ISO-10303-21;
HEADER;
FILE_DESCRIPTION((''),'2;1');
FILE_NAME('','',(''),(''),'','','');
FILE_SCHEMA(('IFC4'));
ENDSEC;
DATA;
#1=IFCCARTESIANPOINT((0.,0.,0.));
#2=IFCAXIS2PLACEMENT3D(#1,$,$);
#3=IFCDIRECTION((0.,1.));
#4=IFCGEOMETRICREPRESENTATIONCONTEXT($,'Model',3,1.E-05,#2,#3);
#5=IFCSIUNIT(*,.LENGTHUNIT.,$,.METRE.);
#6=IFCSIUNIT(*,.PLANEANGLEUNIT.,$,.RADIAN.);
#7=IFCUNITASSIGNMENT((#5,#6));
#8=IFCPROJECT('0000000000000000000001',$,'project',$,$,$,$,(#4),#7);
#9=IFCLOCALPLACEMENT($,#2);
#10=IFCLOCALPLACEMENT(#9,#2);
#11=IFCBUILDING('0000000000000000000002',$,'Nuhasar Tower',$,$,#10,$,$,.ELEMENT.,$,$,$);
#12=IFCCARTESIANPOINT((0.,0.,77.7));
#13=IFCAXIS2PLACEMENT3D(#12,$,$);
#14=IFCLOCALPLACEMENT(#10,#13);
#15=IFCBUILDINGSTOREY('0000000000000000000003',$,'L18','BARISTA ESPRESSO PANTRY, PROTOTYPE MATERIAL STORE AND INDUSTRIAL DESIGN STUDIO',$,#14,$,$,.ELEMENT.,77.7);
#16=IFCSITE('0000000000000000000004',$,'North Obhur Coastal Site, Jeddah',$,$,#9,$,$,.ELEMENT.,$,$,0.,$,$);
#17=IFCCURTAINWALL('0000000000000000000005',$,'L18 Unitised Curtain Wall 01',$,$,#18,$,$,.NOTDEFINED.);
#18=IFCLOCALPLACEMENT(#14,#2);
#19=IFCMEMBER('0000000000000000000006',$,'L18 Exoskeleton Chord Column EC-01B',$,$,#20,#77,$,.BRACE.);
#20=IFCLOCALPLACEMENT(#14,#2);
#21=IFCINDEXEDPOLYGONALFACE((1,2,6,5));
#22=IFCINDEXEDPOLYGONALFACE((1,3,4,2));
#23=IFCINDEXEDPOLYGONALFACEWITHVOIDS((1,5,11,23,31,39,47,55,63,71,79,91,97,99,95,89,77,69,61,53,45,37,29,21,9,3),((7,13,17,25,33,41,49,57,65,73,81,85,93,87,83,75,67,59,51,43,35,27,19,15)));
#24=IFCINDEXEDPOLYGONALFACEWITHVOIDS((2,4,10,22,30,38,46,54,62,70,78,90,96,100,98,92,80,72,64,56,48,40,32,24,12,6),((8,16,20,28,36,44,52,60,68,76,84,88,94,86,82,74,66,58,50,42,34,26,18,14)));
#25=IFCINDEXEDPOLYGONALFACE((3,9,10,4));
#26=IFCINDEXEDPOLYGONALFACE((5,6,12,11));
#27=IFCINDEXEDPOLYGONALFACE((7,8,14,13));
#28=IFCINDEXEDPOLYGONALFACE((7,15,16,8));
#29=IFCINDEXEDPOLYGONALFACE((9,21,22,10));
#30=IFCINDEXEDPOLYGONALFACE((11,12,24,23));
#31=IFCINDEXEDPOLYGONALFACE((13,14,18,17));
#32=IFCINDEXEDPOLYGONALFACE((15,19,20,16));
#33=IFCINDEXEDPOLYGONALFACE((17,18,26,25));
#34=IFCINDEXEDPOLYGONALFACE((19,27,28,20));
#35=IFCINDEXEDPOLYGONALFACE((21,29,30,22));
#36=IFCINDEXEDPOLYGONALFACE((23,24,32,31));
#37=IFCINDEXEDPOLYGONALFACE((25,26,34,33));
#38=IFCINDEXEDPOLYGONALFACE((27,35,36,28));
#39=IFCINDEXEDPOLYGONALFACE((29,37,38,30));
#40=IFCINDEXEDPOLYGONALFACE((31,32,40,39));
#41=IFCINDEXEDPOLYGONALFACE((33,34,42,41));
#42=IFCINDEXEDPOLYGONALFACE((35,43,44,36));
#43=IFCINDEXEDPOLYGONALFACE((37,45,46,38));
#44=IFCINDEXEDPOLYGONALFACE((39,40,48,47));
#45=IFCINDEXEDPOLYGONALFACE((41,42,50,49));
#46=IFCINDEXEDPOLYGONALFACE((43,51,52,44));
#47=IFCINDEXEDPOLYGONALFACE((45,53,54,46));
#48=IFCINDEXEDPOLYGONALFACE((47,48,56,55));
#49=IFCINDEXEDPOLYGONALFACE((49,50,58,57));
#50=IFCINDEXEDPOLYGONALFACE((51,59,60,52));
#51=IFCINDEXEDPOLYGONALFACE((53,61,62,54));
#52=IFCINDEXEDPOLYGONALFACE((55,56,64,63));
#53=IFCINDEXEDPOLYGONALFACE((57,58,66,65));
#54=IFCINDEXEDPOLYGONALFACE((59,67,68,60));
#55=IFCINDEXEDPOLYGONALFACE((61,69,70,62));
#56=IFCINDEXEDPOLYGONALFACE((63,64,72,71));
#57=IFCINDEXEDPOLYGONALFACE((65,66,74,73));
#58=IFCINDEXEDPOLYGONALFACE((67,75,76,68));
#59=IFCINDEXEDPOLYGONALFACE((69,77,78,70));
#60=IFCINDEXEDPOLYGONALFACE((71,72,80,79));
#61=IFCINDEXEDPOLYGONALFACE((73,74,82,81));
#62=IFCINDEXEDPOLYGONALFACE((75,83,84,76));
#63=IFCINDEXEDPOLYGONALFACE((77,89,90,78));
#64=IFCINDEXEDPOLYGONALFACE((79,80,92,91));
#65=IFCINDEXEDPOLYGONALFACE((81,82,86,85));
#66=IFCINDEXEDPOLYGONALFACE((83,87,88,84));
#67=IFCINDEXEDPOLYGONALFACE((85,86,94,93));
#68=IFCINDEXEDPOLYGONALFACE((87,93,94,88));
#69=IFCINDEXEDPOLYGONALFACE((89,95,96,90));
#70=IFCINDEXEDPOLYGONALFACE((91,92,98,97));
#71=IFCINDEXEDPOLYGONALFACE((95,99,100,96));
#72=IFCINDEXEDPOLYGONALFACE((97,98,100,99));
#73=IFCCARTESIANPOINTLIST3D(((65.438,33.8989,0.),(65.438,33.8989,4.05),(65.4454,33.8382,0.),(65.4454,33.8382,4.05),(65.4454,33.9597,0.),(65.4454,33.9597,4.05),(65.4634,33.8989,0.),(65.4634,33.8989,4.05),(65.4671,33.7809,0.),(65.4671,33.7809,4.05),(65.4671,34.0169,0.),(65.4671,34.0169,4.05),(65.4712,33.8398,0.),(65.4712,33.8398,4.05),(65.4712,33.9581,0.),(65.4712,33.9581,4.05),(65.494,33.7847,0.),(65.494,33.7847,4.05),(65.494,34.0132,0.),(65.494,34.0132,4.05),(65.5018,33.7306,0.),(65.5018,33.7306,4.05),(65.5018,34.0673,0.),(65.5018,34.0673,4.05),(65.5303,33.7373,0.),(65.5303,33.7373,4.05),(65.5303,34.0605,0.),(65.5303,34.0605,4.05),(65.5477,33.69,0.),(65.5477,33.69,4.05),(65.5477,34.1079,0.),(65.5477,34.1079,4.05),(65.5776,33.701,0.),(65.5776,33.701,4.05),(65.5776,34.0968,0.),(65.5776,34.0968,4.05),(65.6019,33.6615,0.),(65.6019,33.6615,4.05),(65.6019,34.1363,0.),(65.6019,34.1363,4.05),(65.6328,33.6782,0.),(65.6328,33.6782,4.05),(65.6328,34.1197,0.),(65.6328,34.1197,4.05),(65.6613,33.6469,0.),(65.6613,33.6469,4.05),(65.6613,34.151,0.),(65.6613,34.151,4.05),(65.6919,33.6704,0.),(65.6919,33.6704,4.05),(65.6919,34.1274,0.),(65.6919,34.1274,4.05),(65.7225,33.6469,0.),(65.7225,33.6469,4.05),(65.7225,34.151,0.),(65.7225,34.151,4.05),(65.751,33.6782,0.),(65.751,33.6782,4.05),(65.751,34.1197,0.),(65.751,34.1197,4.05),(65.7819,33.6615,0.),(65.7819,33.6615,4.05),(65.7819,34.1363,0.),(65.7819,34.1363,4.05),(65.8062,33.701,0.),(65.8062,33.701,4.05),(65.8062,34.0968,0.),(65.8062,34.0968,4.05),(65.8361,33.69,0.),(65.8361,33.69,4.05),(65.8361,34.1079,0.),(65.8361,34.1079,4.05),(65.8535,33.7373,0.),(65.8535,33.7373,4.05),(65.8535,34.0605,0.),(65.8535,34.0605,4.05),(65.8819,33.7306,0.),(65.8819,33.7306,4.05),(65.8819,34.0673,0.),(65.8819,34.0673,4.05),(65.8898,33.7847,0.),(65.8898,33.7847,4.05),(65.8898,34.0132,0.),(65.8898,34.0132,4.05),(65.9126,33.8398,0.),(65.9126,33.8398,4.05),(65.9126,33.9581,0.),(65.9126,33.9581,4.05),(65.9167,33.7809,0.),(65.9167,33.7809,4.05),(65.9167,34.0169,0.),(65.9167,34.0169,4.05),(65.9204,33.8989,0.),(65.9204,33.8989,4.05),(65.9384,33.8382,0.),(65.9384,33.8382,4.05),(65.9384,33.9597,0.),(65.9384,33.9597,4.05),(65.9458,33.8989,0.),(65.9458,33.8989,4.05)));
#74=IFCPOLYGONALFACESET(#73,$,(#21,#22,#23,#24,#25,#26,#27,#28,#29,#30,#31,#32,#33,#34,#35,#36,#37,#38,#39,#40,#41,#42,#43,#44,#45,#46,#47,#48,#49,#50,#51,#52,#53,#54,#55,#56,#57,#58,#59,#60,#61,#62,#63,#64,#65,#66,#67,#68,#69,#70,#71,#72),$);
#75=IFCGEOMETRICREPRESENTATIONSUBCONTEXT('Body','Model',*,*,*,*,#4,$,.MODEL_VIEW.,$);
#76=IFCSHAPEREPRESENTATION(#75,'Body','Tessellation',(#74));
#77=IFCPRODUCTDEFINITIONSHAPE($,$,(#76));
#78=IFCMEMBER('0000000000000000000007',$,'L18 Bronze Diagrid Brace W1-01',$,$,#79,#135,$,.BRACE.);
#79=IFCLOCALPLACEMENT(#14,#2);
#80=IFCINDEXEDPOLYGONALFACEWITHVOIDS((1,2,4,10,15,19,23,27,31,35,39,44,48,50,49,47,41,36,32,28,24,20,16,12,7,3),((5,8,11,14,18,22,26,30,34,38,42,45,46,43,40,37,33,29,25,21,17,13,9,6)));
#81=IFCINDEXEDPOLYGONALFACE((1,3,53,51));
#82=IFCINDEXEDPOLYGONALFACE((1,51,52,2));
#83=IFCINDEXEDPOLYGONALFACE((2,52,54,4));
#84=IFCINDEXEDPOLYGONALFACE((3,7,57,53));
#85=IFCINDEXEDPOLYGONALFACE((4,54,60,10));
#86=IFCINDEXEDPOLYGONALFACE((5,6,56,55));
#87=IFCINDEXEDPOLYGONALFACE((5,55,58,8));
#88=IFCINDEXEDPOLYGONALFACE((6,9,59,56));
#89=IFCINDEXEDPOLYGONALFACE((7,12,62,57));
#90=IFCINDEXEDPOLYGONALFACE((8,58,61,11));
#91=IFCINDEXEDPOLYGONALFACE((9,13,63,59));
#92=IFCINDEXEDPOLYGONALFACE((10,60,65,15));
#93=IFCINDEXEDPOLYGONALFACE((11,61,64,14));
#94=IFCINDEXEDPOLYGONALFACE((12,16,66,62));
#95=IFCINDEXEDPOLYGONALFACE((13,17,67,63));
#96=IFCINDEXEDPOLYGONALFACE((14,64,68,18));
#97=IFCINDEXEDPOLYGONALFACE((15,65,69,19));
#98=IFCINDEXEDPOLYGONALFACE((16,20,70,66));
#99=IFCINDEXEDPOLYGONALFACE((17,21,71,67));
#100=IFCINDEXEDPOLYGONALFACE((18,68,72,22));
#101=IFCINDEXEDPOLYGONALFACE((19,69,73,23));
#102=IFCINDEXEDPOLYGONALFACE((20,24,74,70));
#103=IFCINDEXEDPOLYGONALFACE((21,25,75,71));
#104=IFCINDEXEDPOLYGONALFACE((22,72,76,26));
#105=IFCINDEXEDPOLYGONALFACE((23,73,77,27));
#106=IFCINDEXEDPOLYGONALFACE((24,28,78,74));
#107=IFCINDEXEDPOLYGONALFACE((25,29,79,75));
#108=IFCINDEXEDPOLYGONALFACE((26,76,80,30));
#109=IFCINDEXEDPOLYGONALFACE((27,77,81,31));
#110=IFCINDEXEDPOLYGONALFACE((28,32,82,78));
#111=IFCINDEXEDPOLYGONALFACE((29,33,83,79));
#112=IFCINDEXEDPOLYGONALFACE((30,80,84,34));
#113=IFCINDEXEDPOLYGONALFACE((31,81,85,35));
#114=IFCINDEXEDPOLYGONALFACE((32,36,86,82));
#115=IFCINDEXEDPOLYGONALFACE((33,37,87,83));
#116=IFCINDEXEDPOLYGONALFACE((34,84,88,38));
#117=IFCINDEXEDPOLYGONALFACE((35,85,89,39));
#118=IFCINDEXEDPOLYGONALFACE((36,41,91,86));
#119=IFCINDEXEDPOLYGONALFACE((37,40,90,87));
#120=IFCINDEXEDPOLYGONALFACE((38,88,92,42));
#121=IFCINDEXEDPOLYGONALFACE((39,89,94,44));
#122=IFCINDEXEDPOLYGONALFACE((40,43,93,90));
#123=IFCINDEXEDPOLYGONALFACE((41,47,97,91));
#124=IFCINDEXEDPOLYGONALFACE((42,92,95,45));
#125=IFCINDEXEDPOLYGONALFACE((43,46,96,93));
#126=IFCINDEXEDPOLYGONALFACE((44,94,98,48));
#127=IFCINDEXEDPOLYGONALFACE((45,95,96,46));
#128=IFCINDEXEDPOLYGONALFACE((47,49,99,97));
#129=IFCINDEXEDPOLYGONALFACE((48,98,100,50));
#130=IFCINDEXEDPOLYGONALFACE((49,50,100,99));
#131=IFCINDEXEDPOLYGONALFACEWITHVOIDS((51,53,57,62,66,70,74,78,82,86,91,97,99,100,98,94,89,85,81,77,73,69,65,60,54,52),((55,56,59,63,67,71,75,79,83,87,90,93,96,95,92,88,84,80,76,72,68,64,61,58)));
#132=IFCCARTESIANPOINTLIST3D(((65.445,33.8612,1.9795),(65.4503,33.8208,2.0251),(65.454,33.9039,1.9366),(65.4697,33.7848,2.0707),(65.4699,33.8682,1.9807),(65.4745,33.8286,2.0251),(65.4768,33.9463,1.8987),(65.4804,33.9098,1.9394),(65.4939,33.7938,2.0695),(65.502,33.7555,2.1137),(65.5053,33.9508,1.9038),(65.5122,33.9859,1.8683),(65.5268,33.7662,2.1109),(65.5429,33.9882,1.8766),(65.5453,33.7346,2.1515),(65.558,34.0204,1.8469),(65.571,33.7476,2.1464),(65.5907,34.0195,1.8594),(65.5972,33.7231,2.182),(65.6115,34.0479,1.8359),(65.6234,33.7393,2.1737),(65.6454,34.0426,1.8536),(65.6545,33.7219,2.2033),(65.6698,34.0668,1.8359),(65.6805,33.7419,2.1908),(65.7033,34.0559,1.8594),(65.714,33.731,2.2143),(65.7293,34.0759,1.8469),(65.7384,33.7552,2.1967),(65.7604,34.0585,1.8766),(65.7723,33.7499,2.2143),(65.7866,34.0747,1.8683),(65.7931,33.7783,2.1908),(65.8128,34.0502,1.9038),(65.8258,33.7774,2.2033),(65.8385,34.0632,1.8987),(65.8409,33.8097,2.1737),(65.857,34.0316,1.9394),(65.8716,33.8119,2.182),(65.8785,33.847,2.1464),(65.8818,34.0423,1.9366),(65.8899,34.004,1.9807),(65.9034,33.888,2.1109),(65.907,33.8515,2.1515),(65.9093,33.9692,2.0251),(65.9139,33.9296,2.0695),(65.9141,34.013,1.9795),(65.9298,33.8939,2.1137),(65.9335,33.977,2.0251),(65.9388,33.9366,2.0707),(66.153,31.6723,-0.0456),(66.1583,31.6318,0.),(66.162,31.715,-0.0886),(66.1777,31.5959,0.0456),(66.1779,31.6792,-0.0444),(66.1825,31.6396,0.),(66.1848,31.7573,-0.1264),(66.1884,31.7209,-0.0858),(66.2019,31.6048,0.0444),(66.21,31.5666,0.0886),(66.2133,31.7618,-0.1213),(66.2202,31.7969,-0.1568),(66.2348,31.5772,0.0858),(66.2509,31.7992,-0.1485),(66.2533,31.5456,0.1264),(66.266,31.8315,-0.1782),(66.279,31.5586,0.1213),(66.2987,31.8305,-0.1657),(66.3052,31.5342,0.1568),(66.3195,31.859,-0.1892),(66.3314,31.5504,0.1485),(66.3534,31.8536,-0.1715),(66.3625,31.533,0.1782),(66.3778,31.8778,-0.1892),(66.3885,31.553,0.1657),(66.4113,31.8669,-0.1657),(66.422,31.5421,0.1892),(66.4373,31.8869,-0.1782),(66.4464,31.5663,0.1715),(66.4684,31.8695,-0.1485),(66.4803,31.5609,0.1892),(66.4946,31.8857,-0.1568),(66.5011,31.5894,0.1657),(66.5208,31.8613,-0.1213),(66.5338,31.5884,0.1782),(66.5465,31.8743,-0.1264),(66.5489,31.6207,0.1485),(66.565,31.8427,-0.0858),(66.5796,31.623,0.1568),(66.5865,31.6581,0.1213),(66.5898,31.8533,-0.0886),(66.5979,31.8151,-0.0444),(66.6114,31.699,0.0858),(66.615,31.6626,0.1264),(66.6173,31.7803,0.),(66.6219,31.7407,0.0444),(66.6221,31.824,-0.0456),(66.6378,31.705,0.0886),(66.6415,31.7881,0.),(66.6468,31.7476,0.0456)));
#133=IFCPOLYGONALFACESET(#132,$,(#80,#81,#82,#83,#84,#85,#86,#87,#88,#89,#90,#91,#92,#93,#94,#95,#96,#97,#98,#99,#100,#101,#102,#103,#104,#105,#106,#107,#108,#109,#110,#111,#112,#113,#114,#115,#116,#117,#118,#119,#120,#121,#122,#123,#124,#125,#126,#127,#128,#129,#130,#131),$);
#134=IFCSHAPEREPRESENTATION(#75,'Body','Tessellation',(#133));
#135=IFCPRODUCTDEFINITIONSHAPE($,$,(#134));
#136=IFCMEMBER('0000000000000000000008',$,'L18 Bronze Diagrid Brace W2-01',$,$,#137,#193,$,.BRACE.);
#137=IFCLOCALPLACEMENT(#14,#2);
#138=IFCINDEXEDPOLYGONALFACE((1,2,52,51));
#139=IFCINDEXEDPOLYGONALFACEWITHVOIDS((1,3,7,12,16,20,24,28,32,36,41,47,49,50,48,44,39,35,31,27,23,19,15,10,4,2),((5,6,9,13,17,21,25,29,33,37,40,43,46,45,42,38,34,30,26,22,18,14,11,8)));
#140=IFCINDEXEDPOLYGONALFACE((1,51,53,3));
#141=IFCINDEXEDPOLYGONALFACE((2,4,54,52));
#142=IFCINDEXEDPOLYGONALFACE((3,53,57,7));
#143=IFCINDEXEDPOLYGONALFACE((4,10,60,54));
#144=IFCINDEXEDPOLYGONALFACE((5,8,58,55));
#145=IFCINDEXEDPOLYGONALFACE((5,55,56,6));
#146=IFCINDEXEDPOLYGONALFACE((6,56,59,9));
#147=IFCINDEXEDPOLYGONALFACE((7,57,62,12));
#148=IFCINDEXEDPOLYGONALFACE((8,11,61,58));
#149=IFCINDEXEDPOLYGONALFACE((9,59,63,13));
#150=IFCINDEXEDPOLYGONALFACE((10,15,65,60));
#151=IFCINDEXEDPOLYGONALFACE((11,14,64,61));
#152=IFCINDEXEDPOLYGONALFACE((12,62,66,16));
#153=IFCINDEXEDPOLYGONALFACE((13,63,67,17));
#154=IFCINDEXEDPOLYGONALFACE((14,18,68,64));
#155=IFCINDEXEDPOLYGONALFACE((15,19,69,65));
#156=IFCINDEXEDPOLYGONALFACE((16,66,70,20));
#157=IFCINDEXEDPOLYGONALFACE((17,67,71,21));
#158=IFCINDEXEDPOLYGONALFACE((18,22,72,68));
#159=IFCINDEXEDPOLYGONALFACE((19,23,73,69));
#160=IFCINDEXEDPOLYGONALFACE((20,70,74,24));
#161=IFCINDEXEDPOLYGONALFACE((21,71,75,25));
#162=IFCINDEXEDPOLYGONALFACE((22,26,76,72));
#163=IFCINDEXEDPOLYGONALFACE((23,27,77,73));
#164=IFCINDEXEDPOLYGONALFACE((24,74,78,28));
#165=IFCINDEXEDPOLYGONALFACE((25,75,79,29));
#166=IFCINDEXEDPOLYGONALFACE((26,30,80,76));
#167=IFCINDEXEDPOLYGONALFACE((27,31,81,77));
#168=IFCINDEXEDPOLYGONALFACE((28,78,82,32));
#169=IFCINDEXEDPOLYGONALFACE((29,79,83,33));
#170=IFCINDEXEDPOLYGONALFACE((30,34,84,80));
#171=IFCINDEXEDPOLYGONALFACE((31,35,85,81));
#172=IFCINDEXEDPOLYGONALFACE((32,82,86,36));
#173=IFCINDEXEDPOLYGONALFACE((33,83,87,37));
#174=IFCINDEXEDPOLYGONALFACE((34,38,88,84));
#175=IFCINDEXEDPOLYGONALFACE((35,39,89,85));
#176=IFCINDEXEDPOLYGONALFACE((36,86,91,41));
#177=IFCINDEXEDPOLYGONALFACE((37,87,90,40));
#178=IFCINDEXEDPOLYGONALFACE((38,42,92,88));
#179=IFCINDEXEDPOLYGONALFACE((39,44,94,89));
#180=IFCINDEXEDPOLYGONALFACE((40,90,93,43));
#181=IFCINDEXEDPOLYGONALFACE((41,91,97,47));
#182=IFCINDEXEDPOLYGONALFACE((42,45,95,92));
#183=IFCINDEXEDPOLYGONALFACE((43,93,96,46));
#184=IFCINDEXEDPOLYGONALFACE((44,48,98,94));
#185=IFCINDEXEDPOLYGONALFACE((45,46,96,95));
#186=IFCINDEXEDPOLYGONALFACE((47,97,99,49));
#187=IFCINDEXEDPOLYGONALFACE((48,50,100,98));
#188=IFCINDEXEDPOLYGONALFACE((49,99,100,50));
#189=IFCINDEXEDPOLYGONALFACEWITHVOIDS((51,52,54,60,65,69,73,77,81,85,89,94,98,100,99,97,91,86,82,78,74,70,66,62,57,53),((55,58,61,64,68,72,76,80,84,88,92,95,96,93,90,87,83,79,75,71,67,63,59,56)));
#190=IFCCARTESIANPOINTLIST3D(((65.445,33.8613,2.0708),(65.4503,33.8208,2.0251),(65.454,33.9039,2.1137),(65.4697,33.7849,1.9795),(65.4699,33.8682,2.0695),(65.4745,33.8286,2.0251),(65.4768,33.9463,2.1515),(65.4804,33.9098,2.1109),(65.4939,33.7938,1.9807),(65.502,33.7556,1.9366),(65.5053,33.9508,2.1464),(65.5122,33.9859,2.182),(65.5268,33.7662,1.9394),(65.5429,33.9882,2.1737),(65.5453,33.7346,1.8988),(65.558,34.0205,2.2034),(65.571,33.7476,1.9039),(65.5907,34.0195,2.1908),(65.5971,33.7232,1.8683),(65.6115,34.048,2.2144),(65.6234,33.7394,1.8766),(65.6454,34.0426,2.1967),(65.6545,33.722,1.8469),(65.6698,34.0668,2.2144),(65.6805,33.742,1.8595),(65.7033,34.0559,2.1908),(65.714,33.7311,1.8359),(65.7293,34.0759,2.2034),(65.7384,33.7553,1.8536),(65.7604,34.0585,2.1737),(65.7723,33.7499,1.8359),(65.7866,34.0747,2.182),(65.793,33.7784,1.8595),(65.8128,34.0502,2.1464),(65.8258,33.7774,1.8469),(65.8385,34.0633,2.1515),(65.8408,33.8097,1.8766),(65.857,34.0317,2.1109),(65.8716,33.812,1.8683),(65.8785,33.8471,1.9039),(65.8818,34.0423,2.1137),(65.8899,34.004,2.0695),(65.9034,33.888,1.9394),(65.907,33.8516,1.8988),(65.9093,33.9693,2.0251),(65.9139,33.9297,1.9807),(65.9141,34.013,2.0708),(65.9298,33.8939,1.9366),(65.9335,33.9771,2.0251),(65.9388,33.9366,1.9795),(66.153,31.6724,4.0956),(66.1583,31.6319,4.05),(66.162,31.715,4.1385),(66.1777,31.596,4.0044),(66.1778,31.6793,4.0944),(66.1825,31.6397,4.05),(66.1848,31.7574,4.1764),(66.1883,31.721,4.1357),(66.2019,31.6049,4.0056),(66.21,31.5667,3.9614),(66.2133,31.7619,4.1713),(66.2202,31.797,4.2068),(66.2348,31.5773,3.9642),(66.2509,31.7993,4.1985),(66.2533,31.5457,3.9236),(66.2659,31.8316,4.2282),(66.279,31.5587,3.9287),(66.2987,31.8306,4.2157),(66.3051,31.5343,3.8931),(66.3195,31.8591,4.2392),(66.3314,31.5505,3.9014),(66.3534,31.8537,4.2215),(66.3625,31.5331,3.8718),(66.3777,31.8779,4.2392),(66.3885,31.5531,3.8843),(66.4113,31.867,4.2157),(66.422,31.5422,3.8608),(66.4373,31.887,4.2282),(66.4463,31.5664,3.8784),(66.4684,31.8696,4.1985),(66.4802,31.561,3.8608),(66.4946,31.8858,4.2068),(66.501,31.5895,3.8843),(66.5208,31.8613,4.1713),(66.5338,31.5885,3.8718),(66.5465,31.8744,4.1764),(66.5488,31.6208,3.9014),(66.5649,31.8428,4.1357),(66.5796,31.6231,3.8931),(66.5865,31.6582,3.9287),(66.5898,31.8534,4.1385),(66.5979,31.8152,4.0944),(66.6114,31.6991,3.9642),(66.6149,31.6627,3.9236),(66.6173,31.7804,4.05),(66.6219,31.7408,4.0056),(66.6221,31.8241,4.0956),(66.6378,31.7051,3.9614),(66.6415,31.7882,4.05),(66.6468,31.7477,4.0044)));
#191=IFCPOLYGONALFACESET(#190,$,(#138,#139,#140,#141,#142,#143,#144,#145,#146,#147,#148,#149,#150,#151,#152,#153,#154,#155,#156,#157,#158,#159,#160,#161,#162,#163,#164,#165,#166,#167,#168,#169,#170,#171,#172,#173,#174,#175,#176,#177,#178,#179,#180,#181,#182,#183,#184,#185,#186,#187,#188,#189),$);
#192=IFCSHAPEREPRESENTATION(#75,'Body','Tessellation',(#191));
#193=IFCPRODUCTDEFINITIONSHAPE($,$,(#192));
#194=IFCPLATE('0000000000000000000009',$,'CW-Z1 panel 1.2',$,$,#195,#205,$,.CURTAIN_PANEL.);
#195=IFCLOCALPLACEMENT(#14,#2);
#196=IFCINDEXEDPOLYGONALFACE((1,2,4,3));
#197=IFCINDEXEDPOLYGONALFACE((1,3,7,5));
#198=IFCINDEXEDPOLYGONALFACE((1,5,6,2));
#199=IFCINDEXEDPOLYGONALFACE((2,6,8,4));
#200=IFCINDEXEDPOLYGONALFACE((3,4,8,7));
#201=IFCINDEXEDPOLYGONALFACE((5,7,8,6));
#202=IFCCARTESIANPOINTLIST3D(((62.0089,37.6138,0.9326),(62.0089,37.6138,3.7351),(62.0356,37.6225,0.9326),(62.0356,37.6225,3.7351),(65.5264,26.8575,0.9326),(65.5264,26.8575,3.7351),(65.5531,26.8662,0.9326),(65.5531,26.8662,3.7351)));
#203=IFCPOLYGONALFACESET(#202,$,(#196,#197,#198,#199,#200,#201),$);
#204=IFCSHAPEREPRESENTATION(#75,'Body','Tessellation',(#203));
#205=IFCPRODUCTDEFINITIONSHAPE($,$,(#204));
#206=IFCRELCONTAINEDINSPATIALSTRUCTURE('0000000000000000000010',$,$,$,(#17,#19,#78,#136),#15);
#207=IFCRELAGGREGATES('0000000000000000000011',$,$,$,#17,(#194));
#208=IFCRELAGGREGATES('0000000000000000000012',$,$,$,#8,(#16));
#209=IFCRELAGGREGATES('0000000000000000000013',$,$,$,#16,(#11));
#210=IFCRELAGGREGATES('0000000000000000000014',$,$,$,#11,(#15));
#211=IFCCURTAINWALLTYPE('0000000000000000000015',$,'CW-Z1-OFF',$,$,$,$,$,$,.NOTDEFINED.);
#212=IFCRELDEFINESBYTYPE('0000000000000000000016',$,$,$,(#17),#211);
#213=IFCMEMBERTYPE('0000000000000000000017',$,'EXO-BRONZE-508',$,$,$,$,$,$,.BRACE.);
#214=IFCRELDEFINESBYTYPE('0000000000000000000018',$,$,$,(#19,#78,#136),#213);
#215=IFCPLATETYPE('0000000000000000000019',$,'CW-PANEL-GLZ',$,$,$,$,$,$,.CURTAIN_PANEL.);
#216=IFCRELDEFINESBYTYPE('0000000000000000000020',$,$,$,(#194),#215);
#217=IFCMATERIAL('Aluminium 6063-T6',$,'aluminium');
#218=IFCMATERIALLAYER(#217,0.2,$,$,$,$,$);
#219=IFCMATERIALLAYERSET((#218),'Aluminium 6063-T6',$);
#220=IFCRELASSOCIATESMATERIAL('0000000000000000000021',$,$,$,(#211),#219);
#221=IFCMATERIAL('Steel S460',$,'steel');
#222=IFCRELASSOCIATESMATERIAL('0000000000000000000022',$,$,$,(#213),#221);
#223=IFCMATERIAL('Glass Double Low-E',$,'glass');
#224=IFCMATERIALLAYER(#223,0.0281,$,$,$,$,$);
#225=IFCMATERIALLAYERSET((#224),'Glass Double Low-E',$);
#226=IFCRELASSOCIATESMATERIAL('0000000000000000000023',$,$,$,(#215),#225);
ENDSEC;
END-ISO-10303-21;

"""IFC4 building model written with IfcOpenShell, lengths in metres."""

from ifc_helpers import new_model, si_unit, direction, frame, origin, origin_2d, place, context, subcontext, project, spatial, rectangle, hollow_circle, extrude, material, layer, layer_set, material_profile, profile_set, type_object, element, aggregate, save


model = new_model("IFC4")

# Units and contexts
model_context = context("Model", 3, precision=1e-05, world=origin(), true_north=direction((0.0, 1.0)))
body_context = subcontext(model_context, "Body", "Model", "MODEL_VIEW")
ifc_project = project(units=[si_unit("LENGTHUNIT", "METRE"), si_unit("PLANEANGLEUNIT", "RADIAN")], contexts=[model_context])

# Site, building, storey
site_placement = place(None, origin())
site = spatial("IfcSite", under=ifc_project, at=site_placement, Name="North Obhur Coastal Site, Jeddah", CompositionType="ELEMENT", RefElevation=0.0)
building_placement = place(site_placement, origin())
building = spatial("IfcBuilding", under=site, at=building_placement, Name="Nuhasar Tower", CompositionType="ELEMENT")
storey_placement = place(building_placement, frame((0.0, 0.0, 77.7)))
storey = spatial("IfcBuildingStorey", under=building, at=storey_placement, Name="L18", Description="BARISTA ESPRESSO PANTRY, PROTOTYPE MATERIAL STORE AND INDUSTRIAL DESIGN STUDIO", CompositionType="ELEMENT", Elevation=77.7)

# Curtain wall
ifc_material_1 = material(Name="Aluminium 6063-T6", Category="aluminium")
ifc_layer_1 = layer(ifc_material_1, 0.2)
ifc_layer_set_1 = layer_set([ifc_layer_1], Name="Aluminium 6063-T6")
curtain_wall_type = type_object("IfcCurtainWallType", Name="CW-Z1-OFF", PredefinedType="NOTDEFINED", material=ifc_layer_set_1)
curtain_wall_1_placement = place(storey_placement, origin())
curtain_wall_1 = element("IfcCurtainWall", 1, at=curtain_wall_1_placement, inside=storey, type_object=curtain_wall_type, Name="L18 Unitised Curtain Wall 01", PredefinedType="NOTDEFINED")

# Members
ifc_material_2 = material(Name="Steel S460", Category="steel")
ifc_material_profile_1 = material_profile(ifc_material_2, hollow_circle(Radius=0.2539, WallThickness=0.0254, at=origin_2d()), Name="HSS508X25.4")
ifc_profile_set_1 = profile_set([ifc_material_profile_1], Name="Steel S460")
member_type_1 = type_object("IfcMemberType", Name="EXO-BRONZE-508", PredefinedType="BRACE", material=ifc_profile_set_1)
for number, where, z_axis, x_axis, name in (
    (2, (65.6919, 33.8989, 0.0), (0.0, 0.0, 1.0), (1.0, 0.0, 0.0), "L18 Exoskeleton Chord Column EC-01B"),
):
    element("IfcMember", number, at=place(storey_placement, frame(where, z_axis=z_axis, x_axis=x_axis)), inside=storey, type_object=member_type_1, Name=name, PredefinedType="BRACE", context=body_context, shape_type="SweptSolid", body=[
        extrude(hollow_circle(Radius=0.2539, WallThickness=0.0254, at=origin_2d()), origin(), (0.0, 0.0, 1.0), 4.05),
    ])
member_1_placement = place(storey_placement, frame((66.3999, 31.71, 0.0), z_axis=(-0.231, 0.714187, 0.660739), x_axis=(-0.951468, -0.307747, 0.0)))
element("IfcMember", 3, at=member_1_placement, inside=storey, type_object=member_type_1, Name="L18 Bronze Diagrid Brace W1-01", PredefinedType="BRACE", context=body_context, shape_type="SweptSolid", body=[
    extrude(hollow_circle(Radius=0.2539, WallThickness=0.0254, at=origin_2d()), origin(), (0.0, 0.0, 1.0), 3.0649),
])
member_2_placement = place(storey_placement, frame((65.6919, 33.8989, 2.0251), z_axis=(0.231012, -0.714225, 0.660694), x_axis=(0.951468, 0.307747, 0.0)))
element("IfcMember", 4, at=member_2_placement, inside=storey, type_object=member_type_1, Name="L18 Bronze Diagrid Brace W2-01", PredefinedType="BRACE", context=body_context, shape_type="SweptSolid", body=[
    extrude(hollow_circle(Radius=0.2539, WallThickness=0.0254, at=origin_2d()), origin(), (0.0, 0.0, 1.0), 3.0647),
])

# Plate
ifc_material_3 = material(Name="Glass Double Low-E", Category="glass")
ifc_layer_2 = layer(ifc_material_3, 0.0281)
ifc_layer_set_2 = layer_set([ifc_layer_2], Name="Glass Double Low-E")
plate_type_1 = type_object("IfcPlateType", Name="CW-PANEL-GLZ", PredefinedType="CURTAIN_PANEL", material=ifc_layer_set_2)
plate_1_placement = place(storey_placement, frame((63.781, 32.24, 0.9326), z_axis=(0.0, 0.0, 1.0), x_axis=(-0.310824, 0.950468, 0.0)))
plate_1 = element("IfcPlate", 5, at=plate_1_placement, type_object=plate_type_1, Name="CW-Z1 panel 1.2", PredefinedType="CURTAIN_PANEL", context=body_context, shape_type="SweptSolid", body=[
    extrude(rectangle(XDim=11.3169, YDim=0.0281, at=origin_2d()), origin(), (0.0, 0.0, 1.0), 2.8025),
])
aggregate(curtain_wall_1, [plate_1])

save(model, "model.ifc")
